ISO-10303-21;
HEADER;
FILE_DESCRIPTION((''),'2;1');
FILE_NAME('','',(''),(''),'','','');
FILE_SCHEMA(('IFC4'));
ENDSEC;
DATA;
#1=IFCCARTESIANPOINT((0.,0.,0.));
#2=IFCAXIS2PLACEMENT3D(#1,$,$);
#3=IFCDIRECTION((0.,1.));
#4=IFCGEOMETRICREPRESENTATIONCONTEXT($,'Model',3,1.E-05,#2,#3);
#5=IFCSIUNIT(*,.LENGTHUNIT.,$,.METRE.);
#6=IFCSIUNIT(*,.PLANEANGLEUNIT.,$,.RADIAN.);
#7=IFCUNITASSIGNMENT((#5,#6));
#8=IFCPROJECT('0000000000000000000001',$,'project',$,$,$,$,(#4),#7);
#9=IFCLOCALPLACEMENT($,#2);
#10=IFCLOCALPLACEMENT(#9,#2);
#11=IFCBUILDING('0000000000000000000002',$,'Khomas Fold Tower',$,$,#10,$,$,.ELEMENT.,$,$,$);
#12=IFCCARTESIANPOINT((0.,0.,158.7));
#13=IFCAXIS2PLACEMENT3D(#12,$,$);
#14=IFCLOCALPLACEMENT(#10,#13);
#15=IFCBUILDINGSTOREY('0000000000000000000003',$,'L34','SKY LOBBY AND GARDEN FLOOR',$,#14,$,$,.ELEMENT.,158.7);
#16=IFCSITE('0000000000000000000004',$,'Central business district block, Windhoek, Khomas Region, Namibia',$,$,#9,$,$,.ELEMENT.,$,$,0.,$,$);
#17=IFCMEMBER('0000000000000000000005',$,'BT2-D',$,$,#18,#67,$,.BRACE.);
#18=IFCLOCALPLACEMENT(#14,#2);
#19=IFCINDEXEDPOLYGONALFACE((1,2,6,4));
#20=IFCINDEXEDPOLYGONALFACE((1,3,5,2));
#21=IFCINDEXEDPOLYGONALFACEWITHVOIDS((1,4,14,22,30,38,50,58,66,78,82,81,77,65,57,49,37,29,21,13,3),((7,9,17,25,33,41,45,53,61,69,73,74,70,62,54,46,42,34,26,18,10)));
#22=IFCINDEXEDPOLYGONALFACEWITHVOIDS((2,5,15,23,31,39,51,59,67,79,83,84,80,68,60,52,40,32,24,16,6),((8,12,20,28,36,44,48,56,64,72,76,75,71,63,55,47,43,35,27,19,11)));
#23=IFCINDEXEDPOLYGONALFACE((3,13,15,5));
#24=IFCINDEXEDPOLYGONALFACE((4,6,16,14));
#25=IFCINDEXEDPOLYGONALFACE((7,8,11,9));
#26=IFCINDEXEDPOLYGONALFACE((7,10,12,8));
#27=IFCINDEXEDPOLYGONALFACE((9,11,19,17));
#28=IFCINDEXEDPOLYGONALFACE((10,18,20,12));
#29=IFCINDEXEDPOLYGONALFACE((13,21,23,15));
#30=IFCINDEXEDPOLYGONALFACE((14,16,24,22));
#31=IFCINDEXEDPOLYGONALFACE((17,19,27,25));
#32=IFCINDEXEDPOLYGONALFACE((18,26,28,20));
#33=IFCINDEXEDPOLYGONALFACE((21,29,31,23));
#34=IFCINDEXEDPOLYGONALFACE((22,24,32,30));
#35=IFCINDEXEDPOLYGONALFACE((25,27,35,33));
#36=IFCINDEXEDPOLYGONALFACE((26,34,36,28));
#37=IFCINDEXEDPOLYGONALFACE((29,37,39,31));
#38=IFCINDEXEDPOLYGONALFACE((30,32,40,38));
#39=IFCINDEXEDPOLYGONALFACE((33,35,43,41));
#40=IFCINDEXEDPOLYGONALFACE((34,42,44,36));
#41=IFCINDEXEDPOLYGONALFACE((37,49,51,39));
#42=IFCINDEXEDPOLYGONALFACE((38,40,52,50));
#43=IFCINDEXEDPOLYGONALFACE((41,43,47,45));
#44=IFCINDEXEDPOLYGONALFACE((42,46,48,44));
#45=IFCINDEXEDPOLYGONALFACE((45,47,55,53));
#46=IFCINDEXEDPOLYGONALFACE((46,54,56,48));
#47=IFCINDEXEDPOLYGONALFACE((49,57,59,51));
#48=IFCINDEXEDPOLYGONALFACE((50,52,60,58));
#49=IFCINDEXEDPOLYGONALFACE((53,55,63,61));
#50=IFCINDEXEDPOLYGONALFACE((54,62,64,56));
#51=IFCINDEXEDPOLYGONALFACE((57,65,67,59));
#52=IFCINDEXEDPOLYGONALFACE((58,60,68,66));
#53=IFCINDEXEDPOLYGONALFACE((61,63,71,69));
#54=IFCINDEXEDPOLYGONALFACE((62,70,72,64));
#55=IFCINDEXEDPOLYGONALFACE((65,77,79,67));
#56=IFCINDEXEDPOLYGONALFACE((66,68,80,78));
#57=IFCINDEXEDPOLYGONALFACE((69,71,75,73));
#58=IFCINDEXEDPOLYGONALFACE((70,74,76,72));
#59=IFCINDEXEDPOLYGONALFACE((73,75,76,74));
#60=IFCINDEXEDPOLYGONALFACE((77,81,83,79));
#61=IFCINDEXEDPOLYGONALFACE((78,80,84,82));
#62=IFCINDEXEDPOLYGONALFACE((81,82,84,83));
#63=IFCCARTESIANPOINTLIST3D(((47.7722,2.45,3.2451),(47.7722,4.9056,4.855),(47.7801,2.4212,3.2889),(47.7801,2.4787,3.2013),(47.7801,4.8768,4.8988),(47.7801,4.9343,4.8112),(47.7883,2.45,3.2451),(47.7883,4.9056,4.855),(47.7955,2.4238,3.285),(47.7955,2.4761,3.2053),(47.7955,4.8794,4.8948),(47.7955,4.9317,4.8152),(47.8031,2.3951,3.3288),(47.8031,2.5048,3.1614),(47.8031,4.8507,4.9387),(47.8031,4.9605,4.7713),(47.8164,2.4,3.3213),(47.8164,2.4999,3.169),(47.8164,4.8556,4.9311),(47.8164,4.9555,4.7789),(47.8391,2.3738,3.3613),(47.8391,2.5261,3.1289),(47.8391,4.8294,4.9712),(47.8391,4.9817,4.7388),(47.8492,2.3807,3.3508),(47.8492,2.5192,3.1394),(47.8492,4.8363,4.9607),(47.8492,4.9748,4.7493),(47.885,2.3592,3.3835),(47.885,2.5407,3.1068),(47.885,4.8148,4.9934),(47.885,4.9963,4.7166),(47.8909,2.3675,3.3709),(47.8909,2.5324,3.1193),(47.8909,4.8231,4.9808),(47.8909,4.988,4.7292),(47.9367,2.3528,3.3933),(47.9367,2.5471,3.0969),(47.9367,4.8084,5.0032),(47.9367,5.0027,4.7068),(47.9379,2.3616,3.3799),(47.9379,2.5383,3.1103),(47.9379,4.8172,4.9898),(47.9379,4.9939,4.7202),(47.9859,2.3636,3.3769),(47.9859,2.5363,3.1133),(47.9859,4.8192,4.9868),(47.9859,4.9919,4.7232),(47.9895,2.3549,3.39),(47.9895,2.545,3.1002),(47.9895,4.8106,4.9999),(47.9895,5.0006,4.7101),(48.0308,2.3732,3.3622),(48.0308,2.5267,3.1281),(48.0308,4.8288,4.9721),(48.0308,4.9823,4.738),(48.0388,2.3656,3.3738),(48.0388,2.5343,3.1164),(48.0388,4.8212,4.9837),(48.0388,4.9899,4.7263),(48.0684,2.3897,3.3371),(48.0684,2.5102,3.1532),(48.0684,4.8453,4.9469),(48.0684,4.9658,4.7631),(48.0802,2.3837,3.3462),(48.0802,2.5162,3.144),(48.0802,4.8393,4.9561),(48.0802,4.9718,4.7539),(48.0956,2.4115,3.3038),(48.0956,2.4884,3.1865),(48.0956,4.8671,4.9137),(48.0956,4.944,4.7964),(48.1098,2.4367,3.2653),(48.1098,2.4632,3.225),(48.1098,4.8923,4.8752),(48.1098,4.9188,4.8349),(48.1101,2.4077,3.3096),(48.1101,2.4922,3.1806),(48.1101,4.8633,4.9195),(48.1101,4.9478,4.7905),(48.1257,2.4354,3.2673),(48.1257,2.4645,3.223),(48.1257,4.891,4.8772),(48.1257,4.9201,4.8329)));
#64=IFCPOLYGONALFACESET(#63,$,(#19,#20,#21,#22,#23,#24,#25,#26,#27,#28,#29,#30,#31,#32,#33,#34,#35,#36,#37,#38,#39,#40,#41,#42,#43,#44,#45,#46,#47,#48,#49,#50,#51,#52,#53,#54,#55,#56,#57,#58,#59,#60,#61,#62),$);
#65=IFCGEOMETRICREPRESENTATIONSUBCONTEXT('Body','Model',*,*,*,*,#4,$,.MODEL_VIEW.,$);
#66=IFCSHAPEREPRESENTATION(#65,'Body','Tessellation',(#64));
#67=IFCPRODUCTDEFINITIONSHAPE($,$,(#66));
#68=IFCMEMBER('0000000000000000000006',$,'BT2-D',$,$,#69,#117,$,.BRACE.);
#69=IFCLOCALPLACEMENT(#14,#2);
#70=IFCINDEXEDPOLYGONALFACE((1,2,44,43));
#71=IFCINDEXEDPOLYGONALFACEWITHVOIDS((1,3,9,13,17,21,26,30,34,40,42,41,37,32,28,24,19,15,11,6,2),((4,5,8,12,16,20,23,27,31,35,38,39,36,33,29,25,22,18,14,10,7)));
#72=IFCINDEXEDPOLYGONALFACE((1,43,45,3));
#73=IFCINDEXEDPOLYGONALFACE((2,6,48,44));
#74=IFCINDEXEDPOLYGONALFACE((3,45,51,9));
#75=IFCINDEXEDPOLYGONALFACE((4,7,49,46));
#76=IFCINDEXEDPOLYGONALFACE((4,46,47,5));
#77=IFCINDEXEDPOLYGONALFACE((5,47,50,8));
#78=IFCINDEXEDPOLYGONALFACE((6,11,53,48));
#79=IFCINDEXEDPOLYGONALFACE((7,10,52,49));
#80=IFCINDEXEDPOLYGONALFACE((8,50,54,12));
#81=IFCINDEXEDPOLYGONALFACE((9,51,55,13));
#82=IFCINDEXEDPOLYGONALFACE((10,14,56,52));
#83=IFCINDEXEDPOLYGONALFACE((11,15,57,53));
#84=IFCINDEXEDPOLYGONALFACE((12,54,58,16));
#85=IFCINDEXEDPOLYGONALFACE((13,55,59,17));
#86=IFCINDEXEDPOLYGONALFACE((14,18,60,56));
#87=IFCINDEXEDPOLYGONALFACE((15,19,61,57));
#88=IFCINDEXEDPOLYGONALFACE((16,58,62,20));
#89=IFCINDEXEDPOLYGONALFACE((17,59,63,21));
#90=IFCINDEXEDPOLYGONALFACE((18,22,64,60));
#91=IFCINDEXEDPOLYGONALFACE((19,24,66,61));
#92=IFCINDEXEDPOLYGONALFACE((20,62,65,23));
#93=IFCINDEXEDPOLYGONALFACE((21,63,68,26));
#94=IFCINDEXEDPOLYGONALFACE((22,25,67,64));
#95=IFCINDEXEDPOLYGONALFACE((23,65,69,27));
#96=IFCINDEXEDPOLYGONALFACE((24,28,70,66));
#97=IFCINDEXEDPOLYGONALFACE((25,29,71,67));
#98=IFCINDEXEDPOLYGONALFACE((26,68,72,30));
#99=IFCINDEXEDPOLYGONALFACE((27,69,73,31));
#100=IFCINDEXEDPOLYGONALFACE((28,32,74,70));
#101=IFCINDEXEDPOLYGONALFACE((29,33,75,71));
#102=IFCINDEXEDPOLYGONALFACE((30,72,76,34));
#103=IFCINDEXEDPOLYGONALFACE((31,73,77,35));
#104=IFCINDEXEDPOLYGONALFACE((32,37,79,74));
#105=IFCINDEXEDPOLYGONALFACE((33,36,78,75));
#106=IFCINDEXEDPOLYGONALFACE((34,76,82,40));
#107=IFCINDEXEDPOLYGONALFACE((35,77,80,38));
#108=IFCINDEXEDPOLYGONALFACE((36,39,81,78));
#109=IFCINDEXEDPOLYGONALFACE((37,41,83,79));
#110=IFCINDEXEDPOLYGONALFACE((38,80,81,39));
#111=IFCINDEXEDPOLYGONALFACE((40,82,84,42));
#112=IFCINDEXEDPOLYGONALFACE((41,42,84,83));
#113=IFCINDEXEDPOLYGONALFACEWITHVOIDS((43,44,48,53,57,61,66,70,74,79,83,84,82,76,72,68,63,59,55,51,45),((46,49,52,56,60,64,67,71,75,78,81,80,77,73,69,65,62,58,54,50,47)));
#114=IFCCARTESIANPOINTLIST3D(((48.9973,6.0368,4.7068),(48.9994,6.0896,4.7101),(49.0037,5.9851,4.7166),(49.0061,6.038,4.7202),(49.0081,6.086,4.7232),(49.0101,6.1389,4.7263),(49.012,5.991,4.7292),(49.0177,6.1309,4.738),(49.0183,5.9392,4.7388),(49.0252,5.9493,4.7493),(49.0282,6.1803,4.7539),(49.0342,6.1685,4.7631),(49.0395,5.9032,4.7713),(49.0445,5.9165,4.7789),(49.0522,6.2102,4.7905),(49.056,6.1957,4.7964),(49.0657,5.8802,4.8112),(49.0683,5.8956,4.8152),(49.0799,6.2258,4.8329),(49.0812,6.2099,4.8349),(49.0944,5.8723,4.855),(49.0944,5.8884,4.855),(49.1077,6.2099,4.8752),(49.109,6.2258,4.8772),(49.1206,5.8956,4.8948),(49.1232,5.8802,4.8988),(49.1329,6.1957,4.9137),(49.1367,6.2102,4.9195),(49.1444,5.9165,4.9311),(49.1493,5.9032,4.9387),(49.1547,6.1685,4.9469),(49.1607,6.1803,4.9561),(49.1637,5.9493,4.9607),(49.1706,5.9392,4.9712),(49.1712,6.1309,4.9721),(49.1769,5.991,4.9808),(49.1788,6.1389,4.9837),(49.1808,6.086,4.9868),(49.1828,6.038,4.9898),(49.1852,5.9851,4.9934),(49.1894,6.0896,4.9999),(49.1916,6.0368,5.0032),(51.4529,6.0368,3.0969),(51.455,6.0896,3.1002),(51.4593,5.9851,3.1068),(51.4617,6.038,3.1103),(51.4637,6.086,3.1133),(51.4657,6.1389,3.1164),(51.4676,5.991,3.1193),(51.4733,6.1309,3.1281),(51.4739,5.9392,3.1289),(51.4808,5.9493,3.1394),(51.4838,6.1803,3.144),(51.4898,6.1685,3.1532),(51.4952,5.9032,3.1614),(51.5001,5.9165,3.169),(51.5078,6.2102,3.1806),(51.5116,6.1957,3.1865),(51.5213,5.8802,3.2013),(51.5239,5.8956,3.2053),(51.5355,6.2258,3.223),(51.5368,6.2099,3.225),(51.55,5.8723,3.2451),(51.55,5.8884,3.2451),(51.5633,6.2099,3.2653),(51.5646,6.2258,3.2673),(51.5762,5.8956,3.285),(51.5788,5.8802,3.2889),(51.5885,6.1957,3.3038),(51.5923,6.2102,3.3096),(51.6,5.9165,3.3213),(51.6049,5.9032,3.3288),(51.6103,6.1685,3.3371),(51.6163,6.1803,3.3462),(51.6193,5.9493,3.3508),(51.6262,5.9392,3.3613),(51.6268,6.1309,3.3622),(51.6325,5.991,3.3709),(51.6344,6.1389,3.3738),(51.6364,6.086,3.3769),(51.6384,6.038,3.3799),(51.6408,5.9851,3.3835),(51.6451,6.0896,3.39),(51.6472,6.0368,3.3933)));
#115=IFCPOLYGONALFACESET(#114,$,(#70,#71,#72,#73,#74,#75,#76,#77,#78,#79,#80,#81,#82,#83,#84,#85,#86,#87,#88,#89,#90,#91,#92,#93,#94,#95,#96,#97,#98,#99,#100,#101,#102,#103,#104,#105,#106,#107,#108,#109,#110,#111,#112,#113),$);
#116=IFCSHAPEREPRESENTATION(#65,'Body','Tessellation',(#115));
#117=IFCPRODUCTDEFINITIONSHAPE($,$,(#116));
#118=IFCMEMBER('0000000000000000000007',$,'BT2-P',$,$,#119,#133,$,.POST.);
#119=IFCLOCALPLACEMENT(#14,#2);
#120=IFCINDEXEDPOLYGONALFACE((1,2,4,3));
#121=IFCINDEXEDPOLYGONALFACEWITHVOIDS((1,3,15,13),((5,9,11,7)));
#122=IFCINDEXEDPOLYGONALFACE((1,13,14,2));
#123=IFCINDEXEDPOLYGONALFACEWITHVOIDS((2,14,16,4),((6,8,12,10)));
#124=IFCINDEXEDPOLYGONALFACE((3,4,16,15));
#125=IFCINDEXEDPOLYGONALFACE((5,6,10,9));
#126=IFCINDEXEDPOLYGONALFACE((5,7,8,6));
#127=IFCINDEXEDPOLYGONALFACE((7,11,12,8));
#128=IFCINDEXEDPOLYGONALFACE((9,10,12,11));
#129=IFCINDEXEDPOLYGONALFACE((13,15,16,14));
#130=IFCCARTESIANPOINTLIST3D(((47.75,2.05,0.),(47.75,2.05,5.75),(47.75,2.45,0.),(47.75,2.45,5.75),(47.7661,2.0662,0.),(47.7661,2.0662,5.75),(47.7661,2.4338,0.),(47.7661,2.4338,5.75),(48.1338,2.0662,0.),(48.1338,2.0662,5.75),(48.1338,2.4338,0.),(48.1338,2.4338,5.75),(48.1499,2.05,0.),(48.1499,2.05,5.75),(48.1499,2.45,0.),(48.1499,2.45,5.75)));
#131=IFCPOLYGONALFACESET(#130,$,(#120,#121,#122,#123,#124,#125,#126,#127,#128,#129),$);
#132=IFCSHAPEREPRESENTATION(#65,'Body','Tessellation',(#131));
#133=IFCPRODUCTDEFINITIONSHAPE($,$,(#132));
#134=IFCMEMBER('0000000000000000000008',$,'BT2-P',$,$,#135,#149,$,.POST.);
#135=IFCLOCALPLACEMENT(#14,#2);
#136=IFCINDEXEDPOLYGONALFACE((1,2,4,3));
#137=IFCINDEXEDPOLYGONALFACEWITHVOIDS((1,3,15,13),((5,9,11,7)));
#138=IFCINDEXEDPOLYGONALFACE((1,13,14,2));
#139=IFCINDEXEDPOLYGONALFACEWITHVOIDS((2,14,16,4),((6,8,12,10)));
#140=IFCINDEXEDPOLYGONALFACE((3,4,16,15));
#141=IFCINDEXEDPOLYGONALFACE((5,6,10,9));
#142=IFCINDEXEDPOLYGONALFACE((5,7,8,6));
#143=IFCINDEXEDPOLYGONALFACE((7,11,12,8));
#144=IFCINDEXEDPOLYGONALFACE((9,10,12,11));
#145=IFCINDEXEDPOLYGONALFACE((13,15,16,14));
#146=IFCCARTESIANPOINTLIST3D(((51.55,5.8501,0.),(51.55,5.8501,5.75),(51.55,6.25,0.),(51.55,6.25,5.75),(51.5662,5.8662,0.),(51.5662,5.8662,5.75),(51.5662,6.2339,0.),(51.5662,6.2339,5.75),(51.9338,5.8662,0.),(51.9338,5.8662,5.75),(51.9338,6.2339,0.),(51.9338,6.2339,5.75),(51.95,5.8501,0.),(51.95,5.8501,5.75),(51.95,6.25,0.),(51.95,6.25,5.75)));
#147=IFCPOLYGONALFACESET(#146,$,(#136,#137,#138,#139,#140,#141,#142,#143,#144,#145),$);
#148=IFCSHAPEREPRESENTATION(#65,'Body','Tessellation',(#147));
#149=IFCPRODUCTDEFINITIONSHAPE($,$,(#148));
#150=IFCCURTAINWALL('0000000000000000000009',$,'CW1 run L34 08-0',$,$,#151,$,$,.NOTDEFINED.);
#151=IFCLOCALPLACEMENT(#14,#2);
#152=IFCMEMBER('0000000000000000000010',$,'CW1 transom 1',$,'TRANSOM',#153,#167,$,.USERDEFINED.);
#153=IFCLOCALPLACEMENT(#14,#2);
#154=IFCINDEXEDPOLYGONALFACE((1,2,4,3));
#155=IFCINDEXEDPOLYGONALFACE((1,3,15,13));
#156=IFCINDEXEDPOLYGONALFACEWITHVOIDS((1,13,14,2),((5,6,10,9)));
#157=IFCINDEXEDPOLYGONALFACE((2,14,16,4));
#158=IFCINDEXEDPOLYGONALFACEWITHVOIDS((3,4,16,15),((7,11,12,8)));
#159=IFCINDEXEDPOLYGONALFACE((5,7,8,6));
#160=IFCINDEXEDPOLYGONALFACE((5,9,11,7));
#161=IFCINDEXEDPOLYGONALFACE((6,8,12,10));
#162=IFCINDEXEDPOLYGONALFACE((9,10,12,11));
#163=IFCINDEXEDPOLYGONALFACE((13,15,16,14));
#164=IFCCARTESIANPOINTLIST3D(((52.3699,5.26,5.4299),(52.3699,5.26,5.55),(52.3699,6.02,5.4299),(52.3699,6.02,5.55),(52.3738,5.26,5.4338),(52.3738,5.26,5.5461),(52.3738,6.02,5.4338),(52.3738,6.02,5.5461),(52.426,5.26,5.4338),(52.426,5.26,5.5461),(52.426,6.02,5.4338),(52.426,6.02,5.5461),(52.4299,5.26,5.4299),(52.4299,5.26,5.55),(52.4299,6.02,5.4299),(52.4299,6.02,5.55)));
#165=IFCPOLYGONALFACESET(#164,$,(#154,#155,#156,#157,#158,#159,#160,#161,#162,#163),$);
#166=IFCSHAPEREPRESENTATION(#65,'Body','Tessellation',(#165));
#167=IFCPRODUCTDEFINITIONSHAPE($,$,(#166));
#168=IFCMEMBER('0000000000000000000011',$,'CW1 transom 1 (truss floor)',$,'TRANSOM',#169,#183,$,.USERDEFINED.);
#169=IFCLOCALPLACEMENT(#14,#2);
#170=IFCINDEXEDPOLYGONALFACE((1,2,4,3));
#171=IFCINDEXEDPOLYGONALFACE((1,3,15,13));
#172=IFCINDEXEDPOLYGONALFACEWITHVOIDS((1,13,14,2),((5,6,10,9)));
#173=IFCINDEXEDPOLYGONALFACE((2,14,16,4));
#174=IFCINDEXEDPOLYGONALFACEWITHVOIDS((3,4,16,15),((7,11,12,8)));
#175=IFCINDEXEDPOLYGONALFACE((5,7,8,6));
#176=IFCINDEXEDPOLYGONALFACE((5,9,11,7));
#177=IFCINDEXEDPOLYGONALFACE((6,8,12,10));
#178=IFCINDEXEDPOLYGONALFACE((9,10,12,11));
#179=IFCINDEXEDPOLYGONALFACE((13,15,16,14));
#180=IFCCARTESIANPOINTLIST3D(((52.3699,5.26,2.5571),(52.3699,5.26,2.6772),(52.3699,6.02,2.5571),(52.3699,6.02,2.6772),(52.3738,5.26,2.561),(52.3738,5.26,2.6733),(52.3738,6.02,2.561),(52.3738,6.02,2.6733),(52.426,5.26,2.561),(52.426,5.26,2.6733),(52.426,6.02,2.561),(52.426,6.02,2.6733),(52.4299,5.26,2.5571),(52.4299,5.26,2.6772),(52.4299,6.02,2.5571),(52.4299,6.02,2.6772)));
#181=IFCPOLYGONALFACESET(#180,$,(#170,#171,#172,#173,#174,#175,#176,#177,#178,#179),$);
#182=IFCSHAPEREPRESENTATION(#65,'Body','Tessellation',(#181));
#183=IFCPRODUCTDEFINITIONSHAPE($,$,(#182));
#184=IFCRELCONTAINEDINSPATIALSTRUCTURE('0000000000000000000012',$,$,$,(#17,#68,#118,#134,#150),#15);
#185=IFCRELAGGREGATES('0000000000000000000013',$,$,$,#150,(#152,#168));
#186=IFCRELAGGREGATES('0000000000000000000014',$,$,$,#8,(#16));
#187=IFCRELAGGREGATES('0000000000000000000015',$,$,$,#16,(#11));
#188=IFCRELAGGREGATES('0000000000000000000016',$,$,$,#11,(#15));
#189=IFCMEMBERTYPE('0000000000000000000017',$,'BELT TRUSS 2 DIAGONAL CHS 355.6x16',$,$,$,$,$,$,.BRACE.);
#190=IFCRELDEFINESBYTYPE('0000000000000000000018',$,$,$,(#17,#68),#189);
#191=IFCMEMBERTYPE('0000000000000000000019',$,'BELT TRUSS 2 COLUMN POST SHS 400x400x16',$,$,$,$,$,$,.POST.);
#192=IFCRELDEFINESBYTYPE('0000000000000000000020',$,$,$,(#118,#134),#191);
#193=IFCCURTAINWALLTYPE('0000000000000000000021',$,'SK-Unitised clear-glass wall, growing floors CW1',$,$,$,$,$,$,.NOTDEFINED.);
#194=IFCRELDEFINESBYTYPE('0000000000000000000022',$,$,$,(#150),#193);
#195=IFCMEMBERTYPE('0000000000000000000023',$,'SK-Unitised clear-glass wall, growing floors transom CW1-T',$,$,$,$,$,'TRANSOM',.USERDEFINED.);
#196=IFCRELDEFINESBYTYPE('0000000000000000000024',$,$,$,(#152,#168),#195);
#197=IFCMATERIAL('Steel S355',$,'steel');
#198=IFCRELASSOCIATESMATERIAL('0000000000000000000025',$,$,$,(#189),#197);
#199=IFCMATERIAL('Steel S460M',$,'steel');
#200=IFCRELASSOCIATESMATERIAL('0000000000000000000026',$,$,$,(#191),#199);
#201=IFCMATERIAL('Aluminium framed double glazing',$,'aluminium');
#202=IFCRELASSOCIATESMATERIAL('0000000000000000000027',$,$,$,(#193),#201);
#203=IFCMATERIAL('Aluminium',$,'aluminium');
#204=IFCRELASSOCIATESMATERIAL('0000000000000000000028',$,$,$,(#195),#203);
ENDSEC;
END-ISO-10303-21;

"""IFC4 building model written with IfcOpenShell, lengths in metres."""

from ifc_helpers import new_model, si_unit, direction, frame, origin, origin_2d, place, context, subcontext, project, spatial, hollow_rectangle, hollow_circle, extrude, source, transform, mapped, material, material_profile, profile_set, type_object, element, aggregate, save


model = new_model("IFC4")

# Units and contexts
model_context = context("Model", 3, precision=1e-05, world=origin(), true_north=direction((0.0, 1.0)))
body_context = subcontext(model_context, "Body", "Model", "MODEL_VIEW")
ifc_project = project(units=[si_unit("LENGTHUNIT", "METRE"), si_unit("PLANEANGLEUNIT", "RADIAN")], contexts=[model_context])

# Site, building, storey
site_placement = place(None, origin())
site = spatial("IfcSite", under=ifc_project, at=site_placement, Name="Central business district block, Windhoek, Khomas Region, Namibia", CompositionType="ELEMENT", RefElevation=0.0)
building_placement = place(site_placement, origin())
building = spatial("IfcBuilding", under=site, at=building_placement, Name="Khomas Fold Tower", CompositionType="ELEMENT")
storey_placement = place(building_placement, frame((0.0, 0.0, 158.7)))
storey = spatial("IfcBuildingStorey", under=building, at=storey_placement, Name="L34", Description="SKY LOBBY AND GARDEN FLOOR", CompositionType="ELEMENT", Elevation=158.7)

# Members
ifc_material_1 = material(Name="Steel S355", Category="steel")
ifc_material_profile_1 = material_profile(ifc_material_1, hollow_circle(Radius=0.1777, WallThickness=0.0161, at=origin_2d()), Name="CHS 355.6x16")
ifc_profile_set_1 = profile_set([ifc_material_profile_1], Name="Steel S355")
member_type_1 = type_object("IfcMemberType", Name="BELT TRUSS 2 DIAGONAL CHS 355.6x16", PredefinedType="BRACE", material=ifc_profile_set_1)
shared_shape_1 = source(origin(), body_context, "Body", "SweptSolid", [
    extrude(hollow_circle(Radius=0.1777, WallThickness=0.0161, at=origin_2d()), origin(), (0.0, 0.0, 1.0), 2.9363),
])
for number, where, z_axis, x_axis, name in (
    (1, (47.95, 2.45, 3.2451), (0.0, 0.836298, 0.548275), (-1.0, 0.0, 0.0), "BT2-D"),
    (2, (51.55, 6.05, 3.2451), (-0.836298, 0.0, 0.548275), (0.0, -1.0, 0.0), "BT2-D"),
):
    element("IfcMember", number, at=place(storey_placement, frame(where, z_axis=z_axis, x_axis=x_axis)), inside=storey, type_object=member_type_1, Name=name, PredefinedType="BRACE", context=body_context, shape_type="MappedRepresentation", body=[
        mapped(shared_shape_1, transform((0.0, 0.0, 0.0))),
    ])
ifc_material_2 = material(Name="Steel S460M", Category="steel")
ifc_material_profile_2 = material_profile(ifc_material_2, hollow_rectangle(XDim=0.3999, YDim=0.3999, WallThickness=0.0161, at=origin_2d()), Name="SHS 400x400x16")
ifc_profile_set_2 = profile_set([ifc_material_profile_2], Name="Steel S460M")
member_type_2 = type_object("IfcMemberType", Name="BELT TRUSS 2 COLUMN POST SHS 400x400x16", PredefinedType="POST", material=ifc_profile_set_2)
shared_shape_2 = source(origin(), body_context, "Body", "SweptSolid", [
    extrude(hollow_rectangle(XDim=0.3999, YDim=0.3999, WallThickness=0.0161, at=origin_2d()), origin(), (0.0, 0.0, 1.0), 5.75),
])
for number, where, z_axis, x_axis, name in (
    (3, (47.95, 2.25, 0.0), (0.0, 0.0, 1.0), (1.0, 0.0, 0.0), "BT2-P"),
    (4, (51.75, 6.05, 0.0), (0.0, 0.0, 1.0), (1.0, 0.0, 0.0), "BT2-P"),
):
    element("IfcMember", number, at=place(storey_placement, frame(where, z_axis=z_axis, x_axis=x_axis)), inside=storey, type_object=member_type_2, Name=name, PredefinedType="POST", context=body_context, shape_type="MappedRepresentation", body=[
        mapped(shared_shape_2, transform((0.0, 0.0, 0.0))),
    ])

# Curtain wall, members
ifc_material_3 = material(Name="Aluminium framed double glazing", Category="aluminium")
curtain_wall_type = type_object("IfcCurtainWallType", Name="SK-Unitised clear-glass wall, growing floors CW1", PredefinedType="NOTDEFINED", material=ifc_material_3)
curtain_wall_1_placement = place(storey_placement, origin())
curtain_wall_1 = element("IfcCurtainWall", 5, at=curtain_wall_1_placement, inside=storey, type_object=curtain_wall_type, Name="CW1 run L34 08-0", PredefinedType="NOTDEFINED")
ifc_material_4 = material(Name="Aluminium", Category="aluminium")
ifc_material_profile_3 = material_profile(ifc_material_4, hollow_rectangle(XDim=0.0601, YDim=0.1201, WallThickness=0.0039, at=origin_2d()), Name="SK-Unitised clear-glass wall, growing floors transom CW1-T")
ifc_profile_set_3 = profile_set([ifc_material_profile_3], Name="Aluminium")
member_type_3 = type_object("IfcMemberType", Name="SK-Unitised clear-glass wall, growing floors transom CW1-T", ElementType="TRANSOM", PredefinedType="USERDEFINED", material=ifc_profile_set_3)
shared_shape_3 = source(origin(), body_context, "Body", "SweptSolid", [
    extrude(hollow_rectangle(XDim=0.0601, YDim=0.1201, WallThickness=0.0039, at=origin_2d()), origin(), (0.0, 0.0, 1.0), 0.76),
])
member_1_placement = place(storey_placement, frame((52.3999, 5.26, 5.49), z_axis=(0.0, 1.0, 0.0), x_axis=(-1.0, 0.0, 0.0)))
member_1 = element("IfcMember", 6, at=member_1_placement, type_object=member_type_3, Name="CW1 transom 1", ObjectType="TRANSOM", PredefinedType="USERDEFINED", context=body_context, shape_type="MappedRepresentation", body=[
    mapped(shared_shape_3, transform((0.0, 0.0, 0.0))),
])
member_2_placement = place(storey_placement, frame((52.3999, 5.26, 2.6172), z_axis=(0.0, 1.0, 0.0), x_axis=(-1.0, 0.0, 0.0)))
member_2 = element("IfcMember", 7, at=member_2_placement, type_object=member_type_3, Name="CW1 transom 1 (truss floor)", ObjectType="TRANSOM", PredefinedType="USERDEFINED", context=body_context, shape_type="MappedRepresentation", body=[
    mapped(shared_shape_3, transform((0.0, 0.0, 0.0))),
])

aggregate(curtain_wall_1, [member_1, member_2])

save(model, "model.ifc")
